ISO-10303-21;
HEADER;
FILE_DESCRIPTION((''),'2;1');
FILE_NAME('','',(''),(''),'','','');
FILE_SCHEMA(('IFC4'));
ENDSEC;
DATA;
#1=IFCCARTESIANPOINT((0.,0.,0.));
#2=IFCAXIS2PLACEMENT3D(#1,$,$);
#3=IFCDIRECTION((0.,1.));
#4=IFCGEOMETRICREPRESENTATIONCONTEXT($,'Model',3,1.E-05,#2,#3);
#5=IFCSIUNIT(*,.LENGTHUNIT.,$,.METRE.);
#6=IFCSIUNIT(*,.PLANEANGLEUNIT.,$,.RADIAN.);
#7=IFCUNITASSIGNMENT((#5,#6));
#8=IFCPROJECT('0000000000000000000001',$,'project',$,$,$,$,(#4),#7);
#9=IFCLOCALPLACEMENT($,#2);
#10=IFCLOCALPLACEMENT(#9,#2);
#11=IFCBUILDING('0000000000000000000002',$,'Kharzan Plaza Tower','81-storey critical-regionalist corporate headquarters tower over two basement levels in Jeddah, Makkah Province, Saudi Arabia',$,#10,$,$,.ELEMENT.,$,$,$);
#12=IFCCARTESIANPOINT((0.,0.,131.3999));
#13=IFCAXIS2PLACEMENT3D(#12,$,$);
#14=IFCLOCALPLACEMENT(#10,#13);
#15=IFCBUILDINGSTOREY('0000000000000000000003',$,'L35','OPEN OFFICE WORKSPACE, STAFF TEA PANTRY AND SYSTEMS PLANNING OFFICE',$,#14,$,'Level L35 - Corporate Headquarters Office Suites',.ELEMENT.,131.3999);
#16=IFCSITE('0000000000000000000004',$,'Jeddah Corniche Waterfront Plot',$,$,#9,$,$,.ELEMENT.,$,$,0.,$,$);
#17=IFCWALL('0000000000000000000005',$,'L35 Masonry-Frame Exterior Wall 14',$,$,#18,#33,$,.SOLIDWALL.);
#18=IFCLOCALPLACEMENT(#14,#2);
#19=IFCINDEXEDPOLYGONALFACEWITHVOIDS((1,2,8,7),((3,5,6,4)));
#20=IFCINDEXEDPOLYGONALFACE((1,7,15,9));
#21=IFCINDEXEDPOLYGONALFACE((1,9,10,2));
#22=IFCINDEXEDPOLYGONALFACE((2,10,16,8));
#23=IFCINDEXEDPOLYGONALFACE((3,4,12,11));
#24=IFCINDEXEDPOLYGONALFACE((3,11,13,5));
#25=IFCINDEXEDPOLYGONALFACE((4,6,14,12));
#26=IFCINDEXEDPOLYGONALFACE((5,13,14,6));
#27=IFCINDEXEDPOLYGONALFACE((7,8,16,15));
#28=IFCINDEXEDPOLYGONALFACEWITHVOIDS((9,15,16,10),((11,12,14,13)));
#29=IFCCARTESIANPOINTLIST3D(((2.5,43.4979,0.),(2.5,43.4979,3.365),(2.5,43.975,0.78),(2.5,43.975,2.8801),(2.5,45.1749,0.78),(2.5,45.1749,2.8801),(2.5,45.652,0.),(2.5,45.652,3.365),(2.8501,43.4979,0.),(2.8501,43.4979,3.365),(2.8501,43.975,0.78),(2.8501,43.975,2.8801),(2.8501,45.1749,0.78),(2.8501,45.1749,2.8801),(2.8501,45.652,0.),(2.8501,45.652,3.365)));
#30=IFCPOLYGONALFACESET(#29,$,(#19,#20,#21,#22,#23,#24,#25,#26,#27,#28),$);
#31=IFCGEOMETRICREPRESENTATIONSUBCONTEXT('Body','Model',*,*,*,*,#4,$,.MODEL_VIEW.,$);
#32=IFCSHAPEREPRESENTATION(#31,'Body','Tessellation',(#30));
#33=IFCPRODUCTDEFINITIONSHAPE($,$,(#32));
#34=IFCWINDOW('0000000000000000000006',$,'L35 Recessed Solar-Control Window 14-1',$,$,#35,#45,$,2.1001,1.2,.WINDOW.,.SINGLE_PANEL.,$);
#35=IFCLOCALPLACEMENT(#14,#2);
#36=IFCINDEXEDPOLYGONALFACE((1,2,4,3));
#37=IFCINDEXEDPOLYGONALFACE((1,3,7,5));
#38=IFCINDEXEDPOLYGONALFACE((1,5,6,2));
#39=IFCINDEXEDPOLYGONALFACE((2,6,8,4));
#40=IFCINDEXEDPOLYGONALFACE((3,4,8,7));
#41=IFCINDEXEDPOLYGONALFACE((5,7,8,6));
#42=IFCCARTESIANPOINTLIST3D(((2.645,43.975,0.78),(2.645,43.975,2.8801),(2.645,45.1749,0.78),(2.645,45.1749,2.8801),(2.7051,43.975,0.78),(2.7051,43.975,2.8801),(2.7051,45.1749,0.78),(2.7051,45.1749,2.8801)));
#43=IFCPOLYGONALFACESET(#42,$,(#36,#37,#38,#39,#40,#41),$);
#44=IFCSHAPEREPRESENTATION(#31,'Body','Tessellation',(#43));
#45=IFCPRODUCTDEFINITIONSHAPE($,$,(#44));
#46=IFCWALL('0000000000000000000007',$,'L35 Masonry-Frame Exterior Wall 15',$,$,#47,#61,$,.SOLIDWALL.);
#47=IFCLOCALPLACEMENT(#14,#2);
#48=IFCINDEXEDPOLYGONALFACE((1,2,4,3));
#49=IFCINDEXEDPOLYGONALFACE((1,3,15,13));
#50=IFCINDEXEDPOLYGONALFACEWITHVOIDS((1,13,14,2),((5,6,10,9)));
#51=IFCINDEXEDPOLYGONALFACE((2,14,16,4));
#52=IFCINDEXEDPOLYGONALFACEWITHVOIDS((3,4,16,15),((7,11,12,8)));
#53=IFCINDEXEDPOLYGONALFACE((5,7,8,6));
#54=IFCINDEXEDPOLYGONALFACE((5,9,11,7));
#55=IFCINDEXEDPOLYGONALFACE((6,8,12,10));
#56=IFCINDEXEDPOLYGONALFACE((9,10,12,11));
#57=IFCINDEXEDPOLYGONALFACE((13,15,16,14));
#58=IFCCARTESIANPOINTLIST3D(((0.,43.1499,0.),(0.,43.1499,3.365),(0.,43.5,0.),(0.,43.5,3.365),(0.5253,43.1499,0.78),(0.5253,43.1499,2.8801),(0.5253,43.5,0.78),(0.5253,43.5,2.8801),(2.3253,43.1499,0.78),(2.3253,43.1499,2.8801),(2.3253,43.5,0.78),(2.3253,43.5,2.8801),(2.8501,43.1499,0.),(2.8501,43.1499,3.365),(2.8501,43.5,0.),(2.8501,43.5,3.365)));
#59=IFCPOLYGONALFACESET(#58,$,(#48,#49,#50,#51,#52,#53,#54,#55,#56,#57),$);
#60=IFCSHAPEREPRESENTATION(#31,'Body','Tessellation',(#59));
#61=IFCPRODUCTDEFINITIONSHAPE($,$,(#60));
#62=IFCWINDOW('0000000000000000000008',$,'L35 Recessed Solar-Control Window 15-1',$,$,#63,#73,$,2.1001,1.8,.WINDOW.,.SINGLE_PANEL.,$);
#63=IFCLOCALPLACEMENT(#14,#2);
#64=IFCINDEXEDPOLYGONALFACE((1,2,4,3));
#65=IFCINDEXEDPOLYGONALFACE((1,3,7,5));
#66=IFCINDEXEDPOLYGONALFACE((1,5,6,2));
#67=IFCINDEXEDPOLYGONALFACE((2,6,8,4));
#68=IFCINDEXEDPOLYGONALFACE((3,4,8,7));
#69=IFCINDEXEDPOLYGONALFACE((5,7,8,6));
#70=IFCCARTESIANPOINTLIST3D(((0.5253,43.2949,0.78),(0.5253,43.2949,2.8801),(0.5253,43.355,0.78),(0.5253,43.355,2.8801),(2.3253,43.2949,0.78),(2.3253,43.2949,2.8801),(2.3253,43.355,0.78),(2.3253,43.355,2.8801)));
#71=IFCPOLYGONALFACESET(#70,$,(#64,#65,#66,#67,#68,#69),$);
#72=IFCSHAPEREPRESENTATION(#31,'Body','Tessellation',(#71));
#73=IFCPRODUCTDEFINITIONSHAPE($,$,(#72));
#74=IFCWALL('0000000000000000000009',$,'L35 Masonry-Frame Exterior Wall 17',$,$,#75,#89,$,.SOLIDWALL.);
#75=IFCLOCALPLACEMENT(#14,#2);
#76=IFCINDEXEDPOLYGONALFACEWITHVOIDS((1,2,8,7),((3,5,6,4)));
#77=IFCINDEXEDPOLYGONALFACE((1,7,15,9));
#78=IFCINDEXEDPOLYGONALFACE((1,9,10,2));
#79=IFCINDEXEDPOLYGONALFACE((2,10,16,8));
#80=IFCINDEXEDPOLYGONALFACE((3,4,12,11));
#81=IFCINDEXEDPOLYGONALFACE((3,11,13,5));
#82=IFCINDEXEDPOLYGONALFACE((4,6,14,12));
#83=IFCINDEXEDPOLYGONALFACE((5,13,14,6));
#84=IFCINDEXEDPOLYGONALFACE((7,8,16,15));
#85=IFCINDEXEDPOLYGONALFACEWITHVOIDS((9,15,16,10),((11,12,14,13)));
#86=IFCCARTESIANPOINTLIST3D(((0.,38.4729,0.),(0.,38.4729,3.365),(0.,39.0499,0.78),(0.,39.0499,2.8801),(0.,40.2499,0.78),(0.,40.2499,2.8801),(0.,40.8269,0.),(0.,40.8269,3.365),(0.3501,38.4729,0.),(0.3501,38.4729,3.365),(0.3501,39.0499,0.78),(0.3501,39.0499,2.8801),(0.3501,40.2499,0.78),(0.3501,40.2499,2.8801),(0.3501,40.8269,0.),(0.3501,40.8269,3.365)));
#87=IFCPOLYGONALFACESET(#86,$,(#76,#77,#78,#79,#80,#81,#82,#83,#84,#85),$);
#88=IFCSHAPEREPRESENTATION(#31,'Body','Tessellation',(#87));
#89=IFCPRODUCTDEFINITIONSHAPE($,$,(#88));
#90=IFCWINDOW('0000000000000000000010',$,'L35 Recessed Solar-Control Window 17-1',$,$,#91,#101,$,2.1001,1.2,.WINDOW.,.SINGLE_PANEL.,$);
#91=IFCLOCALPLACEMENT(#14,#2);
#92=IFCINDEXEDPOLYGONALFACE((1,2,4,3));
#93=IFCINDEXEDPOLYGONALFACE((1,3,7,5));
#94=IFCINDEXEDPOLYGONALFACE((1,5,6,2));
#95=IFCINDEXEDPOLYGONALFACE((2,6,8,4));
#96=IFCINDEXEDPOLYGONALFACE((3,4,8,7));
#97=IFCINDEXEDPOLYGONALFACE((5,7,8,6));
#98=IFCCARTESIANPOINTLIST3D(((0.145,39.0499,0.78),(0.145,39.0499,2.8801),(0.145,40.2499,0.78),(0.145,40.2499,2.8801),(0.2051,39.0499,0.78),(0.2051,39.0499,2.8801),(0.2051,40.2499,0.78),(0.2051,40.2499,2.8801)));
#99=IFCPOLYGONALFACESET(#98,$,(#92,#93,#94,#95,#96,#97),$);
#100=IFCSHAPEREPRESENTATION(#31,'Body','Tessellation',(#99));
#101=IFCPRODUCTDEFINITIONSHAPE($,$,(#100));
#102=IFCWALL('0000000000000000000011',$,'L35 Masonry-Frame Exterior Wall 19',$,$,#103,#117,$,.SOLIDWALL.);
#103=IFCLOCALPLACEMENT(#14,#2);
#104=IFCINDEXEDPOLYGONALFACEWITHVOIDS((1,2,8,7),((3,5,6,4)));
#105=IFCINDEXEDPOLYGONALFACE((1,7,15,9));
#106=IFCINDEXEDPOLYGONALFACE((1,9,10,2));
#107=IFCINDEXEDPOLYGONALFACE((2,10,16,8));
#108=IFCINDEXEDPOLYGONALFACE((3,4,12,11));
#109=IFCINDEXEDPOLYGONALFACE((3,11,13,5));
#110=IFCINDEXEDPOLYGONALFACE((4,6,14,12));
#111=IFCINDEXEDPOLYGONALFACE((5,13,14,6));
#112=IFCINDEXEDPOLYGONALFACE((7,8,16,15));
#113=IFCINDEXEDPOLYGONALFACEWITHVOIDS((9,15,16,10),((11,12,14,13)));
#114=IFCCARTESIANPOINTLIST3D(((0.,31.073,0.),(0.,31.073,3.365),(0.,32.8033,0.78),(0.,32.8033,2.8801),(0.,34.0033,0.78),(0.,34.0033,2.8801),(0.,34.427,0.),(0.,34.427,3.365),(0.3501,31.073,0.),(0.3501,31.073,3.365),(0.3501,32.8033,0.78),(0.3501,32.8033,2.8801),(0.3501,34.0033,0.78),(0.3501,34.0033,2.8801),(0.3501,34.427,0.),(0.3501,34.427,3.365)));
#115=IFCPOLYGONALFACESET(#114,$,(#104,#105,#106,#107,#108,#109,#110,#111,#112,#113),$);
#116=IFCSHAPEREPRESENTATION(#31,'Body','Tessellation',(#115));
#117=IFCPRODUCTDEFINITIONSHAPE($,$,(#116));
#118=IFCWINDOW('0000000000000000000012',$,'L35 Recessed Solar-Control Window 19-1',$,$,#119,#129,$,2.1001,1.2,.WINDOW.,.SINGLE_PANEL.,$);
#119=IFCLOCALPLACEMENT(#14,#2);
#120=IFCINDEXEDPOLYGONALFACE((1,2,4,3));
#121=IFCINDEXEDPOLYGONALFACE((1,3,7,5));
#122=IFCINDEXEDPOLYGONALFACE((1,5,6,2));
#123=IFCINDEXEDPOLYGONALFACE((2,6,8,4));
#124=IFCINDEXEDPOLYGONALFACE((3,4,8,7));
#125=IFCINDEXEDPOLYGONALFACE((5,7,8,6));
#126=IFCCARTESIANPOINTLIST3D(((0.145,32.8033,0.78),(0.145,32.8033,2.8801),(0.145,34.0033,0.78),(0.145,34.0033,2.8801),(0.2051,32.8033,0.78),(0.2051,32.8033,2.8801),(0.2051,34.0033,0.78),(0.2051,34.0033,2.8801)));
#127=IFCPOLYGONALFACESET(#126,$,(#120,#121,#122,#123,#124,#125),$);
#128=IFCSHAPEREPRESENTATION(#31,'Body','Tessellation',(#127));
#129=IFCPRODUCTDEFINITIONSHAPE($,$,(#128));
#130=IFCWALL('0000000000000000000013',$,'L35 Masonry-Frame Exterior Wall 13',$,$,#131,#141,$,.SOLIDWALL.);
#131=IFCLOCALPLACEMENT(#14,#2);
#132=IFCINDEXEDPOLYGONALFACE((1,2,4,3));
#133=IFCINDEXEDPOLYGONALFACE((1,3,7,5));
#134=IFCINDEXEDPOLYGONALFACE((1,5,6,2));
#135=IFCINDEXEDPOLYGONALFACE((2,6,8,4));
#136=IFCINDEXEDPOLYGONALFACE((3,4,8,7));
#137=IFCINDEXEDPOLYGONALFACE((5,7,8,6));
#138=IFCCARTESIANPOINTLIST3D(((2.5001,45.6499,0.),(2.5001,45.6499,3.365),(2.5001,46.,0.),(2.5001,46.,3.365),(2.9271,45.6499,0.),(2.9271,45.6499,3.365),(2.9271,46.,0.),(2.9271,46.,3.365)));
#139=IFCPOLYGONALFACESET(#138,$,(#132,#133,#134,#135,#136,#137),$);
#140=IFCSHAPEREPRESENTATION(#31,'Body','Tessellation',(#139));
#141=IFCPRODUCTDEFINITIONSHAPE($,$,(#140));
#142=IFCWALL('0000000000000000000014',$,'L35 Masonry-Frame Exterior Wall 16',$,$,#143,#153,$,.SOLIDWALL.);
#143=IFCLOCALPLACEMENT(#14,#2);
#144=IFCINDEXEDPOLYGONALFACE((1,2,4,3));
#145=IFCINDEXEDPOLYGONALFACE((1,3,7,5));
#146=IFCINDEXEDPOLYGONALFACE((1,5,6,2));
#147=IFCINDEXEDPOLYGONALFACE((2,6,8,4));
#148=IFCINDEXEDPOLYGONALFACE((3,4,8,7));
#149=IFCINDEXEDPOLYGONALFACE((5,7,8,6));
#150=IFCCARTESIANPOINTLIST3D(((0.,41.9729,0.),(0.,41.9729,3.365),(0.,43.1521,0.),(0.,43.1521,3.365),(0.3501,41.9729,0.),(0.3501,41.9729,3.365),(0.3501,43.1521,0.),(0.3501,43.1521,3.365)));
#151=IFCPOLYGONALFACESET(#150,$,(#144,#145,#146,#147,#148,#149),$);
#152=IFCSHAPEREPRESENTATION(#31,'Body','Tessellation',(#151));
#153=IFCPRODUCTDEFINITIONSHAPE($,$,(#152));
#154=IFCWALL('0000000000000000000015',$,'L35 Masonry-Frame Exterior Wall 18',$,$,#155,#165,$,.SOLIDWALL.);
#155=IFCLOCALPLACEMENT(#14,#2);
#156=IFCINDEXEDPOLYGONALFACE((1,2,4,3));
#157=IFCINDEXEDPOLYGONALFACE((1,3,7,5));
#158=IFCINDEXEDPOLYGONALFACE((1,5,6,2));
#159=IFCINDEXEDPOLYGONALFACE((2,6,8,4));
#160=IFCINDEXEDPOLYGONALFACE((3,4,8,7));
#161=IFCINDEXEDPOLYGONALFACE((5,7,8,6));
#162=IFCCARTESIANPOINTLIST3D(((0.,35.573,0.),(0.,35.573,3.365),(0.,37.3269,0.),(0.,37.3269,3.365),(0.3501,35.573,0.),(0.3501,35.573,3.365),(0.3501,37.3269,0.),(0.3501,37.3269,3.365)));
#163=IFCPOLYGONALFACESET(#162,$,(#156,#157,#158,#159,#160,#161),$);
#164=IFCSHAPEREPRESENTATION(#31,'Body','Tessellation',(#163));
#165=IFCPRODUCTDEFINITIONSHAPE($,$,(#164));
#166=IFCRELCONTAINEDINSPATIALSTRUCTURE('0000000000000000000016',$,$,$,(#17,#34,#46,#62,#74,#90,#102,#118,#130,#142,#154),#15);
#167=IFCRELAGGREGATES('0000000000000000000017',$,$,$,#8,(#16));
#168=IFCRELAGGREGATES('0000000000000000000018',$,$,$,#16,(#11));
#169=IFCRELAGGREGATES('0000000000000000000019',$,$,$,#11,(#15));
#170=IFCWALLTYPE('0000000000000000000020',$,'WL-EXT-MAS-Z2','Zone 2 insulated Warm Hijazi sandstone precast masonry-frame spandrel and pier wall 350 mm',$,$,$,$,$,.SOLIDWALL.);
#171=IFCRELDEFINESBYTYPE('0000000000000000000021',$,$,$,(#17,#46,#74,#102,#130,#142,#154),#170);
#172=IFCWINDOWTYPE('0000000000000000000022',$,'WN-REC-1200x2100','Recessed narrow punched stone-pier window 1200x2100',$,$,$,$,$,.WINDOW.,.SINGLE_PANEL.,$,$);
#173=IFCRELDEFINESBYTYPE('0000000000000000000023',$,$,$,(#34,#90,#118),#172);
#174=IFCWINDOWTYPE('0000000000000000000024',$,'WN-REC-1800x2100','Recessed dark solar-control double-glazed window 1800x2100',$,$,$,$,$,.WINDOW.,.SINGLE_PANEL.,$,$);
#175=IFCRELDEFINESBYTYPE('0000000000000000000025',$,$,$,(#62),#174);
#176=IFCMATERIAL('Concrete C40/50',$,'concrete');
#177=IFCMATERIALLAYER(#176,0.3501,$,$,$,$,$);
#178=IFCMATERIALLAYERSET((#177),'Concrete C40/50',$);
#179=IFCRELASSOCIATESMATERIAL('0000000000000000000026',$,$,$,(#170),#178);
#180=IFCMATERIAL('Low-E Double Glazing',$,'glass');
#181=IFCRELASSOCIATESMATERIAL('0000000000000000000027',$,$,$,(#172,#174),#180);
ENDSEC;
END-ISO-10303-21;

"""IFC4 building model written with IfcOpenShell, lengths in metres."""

from ifc_helpers import new_model, si_unit, direction, frame, frame_2d, origin, place, context, subcontext, project, spatial, rectangle, extrude, source, transform, mapped, material, layer, layer_set, type_object, element, fill, save


model = new_model("IFC4")

# Units and contexts
model_context = context("Model", 3, precision=1e-05, world=origin(), true_north=direction((0.0, 1.0)))
body_context = subcontext(model_context, "Body", "Model", "MODEL_VIEW")
ifc_project = project(units=[si_unit("LENGTHUNIT", "METRE"), si_unit("PLANEANGLEUNIT", "RADIAN")], contexts=[model_context])

# Site, building, storey
site_placement = place(None, origin())
site = spatial("IfcSite", under=ifc_project, at=site_placement, Name="Jeddah Corniche Waterfront Plot", CompositionType="ELEMENT", RefElevation=0.0)
building_placement = place(site_placement, origin())
building = spatial("IfcBuilding", under=site, at=building_placement, Name="Kharzan Plaza Tower", Description="81-storey critical-regionalist corporate headquarters tower over two basement levels in Jeddah, Makkah Province, Saudi Arabia", CompositionType="ELEMENT")
storey_placement = place(building_placement, frame((0.0, 0.0, 131.3999)))
storey = spatial("IfcBuildingStorey", under=building, at=storey_placement, Name="L35", Description="OPEN OFFICE WORKSPACE, STAFF TEA PANTRY AND SYSTEMS PLANNING OFFICE", LongName="Level L35 - Corporate Headquarters Office Suites", CompositionType="ELEMENT", Elevation=131.3999)

# Walls, openings, windows
ifc_material_1 = material(Name="Concrete C40/50", Category="concrete")
ifc_layer = layer(ifc_material_1, 0.3501)
ifc_layer_set = layer_set([ifc_layer], Name="Concrete C40/50")
wall_type = type_object("IfcWallType", Name="WL-EXT-MAS-Z2", Description="Zone 2 insulated Warm Hijazi sandstone precast masonry-frame spandrel and pier wall 350 mm", PredefinedType="SOLIDWALL", material=ifc_layer_set)
wall_1_placement = place(storey_placement, frame((2.675, 45.6521, 0.0), z_axis=(0.0, 0.0, 1.0), x_axis=(0.0, -1.0, 0.0)))
wall_1 = element("IfcWall", 1, at=wall_1_placement, inside=storey, type_object=wall_type, Name="L35 Masonry-Frame Exterior Wall 14", PredefinedType="SOLIDWALL", context=body_context, shape_type="SweptSolid", body=[
    extrude(rectangle(XDim=2.1541, YDim=0.3501, at=frame_2d((1.0771, 0.0))), origin(), (0.0, 0.0, 1.0), 3.365),
])
opening_1_placement = place(wall_1_placement, frame((0.4771, 0.0, 0.78)))
opening_1 = element("IfcOpeningElement", 2, at=opening_1_placement, cuts=wall_1, PredefinedType="OPENING", context=body_context, shape_type="SweptSolid", body=[
    extrude(rectangle(XDim=1.2, YDim=2.1001, at=frame_2d((0.6001, 1.05))), frame((0.0, 0.1851, 0.0), z_axis=(0.0, -1.0, 0.0), x_axis=(1.0, 0.0, 0.0)), (0.0, 0.0, 1.0), 0.3701),
])
ifc_material_2 = material(Name="Low-E Double Glazing", Category="glass")
window_type_1 = type_object("IfcWindowType", Name="WN-REC-1200x2100", Description="Recessed narrow punched stone-pier window 1200x2100", PartitioningType="SINGLE_PANEL", PredefinedType="WINDOW", material=ifc_material_2)
shared_shape_1 = source(origin(), body_context, "Body", "SweptSolid", [
    extrude(rectangle(XDim=1.2, YDim=2.1001, at=frame_2d((0.6001, 1.05))), frame((0.0, 0.03, 0.0), z_axis=(0.0, -1.0, 0.0), x_axis=(1.0, 0.0, 0.0)), (0.0, 0.0, 1.0), 0.0601),
])
window_1_placement = place(opening_1_placement, origin())
window_1 = element("IfcWindow", 3, at=window_1_placement, inside=storey, type_object=window_type_1, Name="L35 Recessed Solar-Control Window 14-1", OverallHeight=2.1001, OverallWidth=1.2, PartitioningType="SINGLE_PANEL", PredefinedType="WINDOW", context=body_context, shape_type="MappedRepresentation", body=[
    mapped(shared_shape_1, transform((0.0, 0.0, 0.0), x_axis=(1.0, 0.0, 0.0), y_axis=(0.0, 1.0, 0.0), z_axis=(0.0, 0.0, 1.0))),
])
fill(opening_1, window_1)
wall_2_placement = place(storey_placement, frame((2.8501, 43.325, 0.0), z_axis=(0.0, 0.0, 1.0), x_axis=(-1.0, 0.0, 0.0)))
wall_2 = element("IfcWall", 4, at=wall_2_placement, inside=storey, type_object=wall_type, Name="L35 Masonry-Frame Exterior Wall 15", PredefinedType="SOLIDWALL", context=body_context, shape_type="SweptSolid", body=[
    extrude(rectangle(XDim=2.8501, YDim=0.3501, at=frame_2d((1.425, 0.0))), origin(), (0.0, 0.0, 1.0), 3.365),
])
opening_2_placement = place(wall_2_placement, frame((0.5249, 0.0, 0.78)))
opening_2 = element("IfcOpeningElement", 5, at=opening_2_placement, cuts=wall_2, PredefinedType="OPENING", context=body_context, shape_type="SweptSolid", body=[
    extrude(rectangle(XDim=1.8, YDim=2.1001, at=frame_2d((0.8999, 1.05))), frame((0.0, 0.1851, 0.0), z_axis=(0.0, -1.0, 0.0), x_axis=(1.0, 0.0, 0.0)), (0.0, 0.0, 1.0), 0.3701),
])
window_type_2 = type_object("IfcWindowType", Name="WN-REC-1800x2100", Description="Recessed dark solar-control double-glazed window 1800x2100", PartitioningType="SINGLE_PANEL", PredefinedType="WINDOW", material=ifc_material_2)
shared_shape_2 = source(origin(), body_context, "Body", "SweptSolid", [
    extrude(rectangle(XDim=1.8, YDim=2.1001, at=frame_2d((0.8999, 1.05))), frame((0.0, 0.03, 0.0), z_axis=(0.0, -1.0, 0.0), x_axis=(1.0, 0.0, 0.0)), (0.0, 0.0, 1.0), 0.0601),
])
window_2_placement = place(opening_2_placement, origin())
window_2 = element("IfcWindow", 6, at=window_2_placement, inside=storey, type_object=window_type_2, Name="L35 Recessed Solar-Control Window 15-1", OverallHeight=2.1001, OverallWidth=1.8, PartitioningType="SINGLE_PANEL", PredefinedType="WINDOW", context=body_context, shape_type="MappedRepresentation", body=[
    mapped(shared_shape_2, transform((0.0, 0.0, 0.0), x_axis=(1.0, 0.0, 0.0), y_axis=(0.0, 1.0, 0.0), z_axis=(0.0, 0.0, 1.0))),
])
fill(opening_2, window_2)
wall_3_placement = place(storey_placement, frame((0.175, 40.8269, 0.0), z_axis=(0.0, 0.0, 1.0), x_axis=(0.0, -1.0, 0.0)))
wall_3 = element("IfcWall", 7, at=wall_3_placement, inside=storey, type_object=wall_type, Name="L35 Masonry-Frame Exterior Wall 17", PredefinedType="SOLIDWALL", context=body_context, shape_type="SweptSolid", body=[
    extrude(rectangle(XDim=2.354, YDim=0.3501, at=frame_2d((1.177, 0.0))), origin(), (0.0, 0.0, 1.0), 3.365),
])
opening_3_placement = place(wall_3_placement, frame((0.5769, 0.0, 0.78)))
opening_3 = element("IfcOpeningElement", 8, at=opening_3_placement, cuts=wall_3, PredefinedType="OPENING", context=body_context, shape_type="SweptSolid", body=[
    extrude(rectangle(XDim=1.2, YDim=2.1001, at=frame_2d((0.6001, 1.05))), frame((0.0, 0.1851, 0.0), z_axis=(0.0, -1.0, 0.0), x_axis=(1.0, 0.0, 0.0)), (0.0, 0.0, 1.0), 0.3701),
])
window_3_placement = place(opening_3_placement, origin())
window_3 = element("IfcWindow", 9, at=window_3_placement, inside=storey, type_object=window_type_1, Name="L35 Recessed Solar-Control Window 17-1", OverallHeight=2.1001, OverallWidth=1.2, PartitioningType="SINGLE_PANEL", PredefinedType="WINDOW", context=body_context, shape_type="MappedRepresentation", body=[
    mapped(shared_shape_1, transform((0.0, 0.0, 0.0), x_axis=(1.0, 0.0, 0.0), y_axis=(0.0, 1.0, 0.0), z_axis=(0.0, 0.0, 1.0))),
])
fill(opening_3, window_3)
wall_4_placement = place(storey_placement, frame((0.175, 34.427, 0.0), z_axis=(0.0, 0.0, 1.0), x_axis=(0.0, -1.0, 0.0)))
wall_4 = element("IfcWall", 10, at=wall_4_placement, inside=storey, type_object=wall_type, Name="L35 Masonry-Frame Exterior Wall 19", PredefinedType="SOLIDWALL", context=body_context, shape_type="SweptSolid", body=[
    extrude(rectangle(XDim=3.354, YDim=0.3501, at=frame_2d((1.677, 0.0))), origin(), (0.0, 0.0, 1.0), 3.365),
])
opening_4_placement = place(wall_4_placement, frame((0.4236, 0.0, 0.78)))
opening_4 = element("IfcOpeningElement", 11, at=opening_4_placement, cuts=wall_4, PredefinedType="OPENING", context=body_context, shape_type="SweptSolid", body=[
    extrude(rectangle(XDim=1.2, YDim=2.1001, at=frame_2d((0.6001, 1.05))), frame((0.0, 0.1851, 0.0), z_axis=(0.0, -1.0, 0.0), x_axis=(1.0, 0.0, 0.0)), (0.0, 0.0, 1.0), 0.3701),
])
window_4_placement = place(opening_4_placement, origin())
window_4 = element("IfcWindow", 12, at=window_4_placement, inside=storey, type_object=window_type_1, Name="L35 Recessed Solar-Control Window 19-1", OverallHeight=2.1001, OverallWidth=1.2, PartitioningType="SINGLE_PANEL", PredefinedType="WINDOW", context=body_context, shape_type="MappedRepresentation", body=[
    mapped(shared_shape_1, transform((0.0, 0.0, 0.0), x_axis=(1.0, 0.0, 0.0), y_axis=(0.0, 1.0, 0.0), z_axis=(0.0, 0.0, 1.0))),
])
fill(opening_4, window_4)

# Walls
shared_shape_3 = source(origin(), body_context, "Body", "SweptSolid", [
    extrude(rectangle(XDim=0.427, YDim=0.3501, at=frame_2d((0.2134, 0.0))), origin(), (0.0, 0.0, 1.0), 3.365),
])
wall_5_placement = place(storey_placement, frame((2.927, 45.825, 0.0), z_axis=(0.0, 0.0, 1.0), x_axis=(-1.0, 0.0, 0.0)))
element("IfcWall", 13, at=wall_5_placement, inside=storey, type_object=wall_type, Name="L35 Masonry-Frame Exterior Wall 13", PredefinedType="SOLIDWALL", context=body_context, shape_type="MappedRepresentation", body=[
    mapped(shared_shape_3, transform((0.0, 0.0, 0.0), x_axis=(1.0, 0.0, 0.0), y_axis=(0.0, 1.0, 0.0), z_axis=(0.0, 0.0, 1.0))),
])
shared_shape_4 = source(origin(), body_context, "Body", "SweptSolid", [
    extrude(rectangle(XDim=1.1792, YDim=0.3501, at=frame_2d((0.5896, 0.0))), origin(), (0.0, 0.0, 1.0), 3.365),
])
wall_6_placement = place(storey_placement, frame((0.175, 43.1521, 0.0), z_axis=(0.0, 0.0, 1.0), x_axis=(0.0, -1.0, 0.0)))
element("IfcWall", 14, at=wall_6_placement, inside=storey, type_object=wall_type, Name="L35 Masonry-Frame Exterior Wall 16", PredefinedType="SOLIDWALL", context=body_context, shape_type="MappedRepresentation", body=[
    mapped(shared_shape_4, transform((0.0, 0.0, 0.0), x_axis=(1.0, 0.0, 0.0), y_axis=(0.0, 1.0, 0.0), z_axis=(0.0, 0.0, 1.0))),
])
shared_shape_5 = source(origin(), body_context, "Body", "SweptSolid", [
    extrude(rectangle(XDim=1.7539, YDim=0.3501, at=frame_2d((0.877, 0.0))), origin(), (0.0, 0.0, 1.0), 3.365),
])
wall_7_placement = place(storey_placement, frame((0.175, 37.3269, 0.0), z_axis=(0.0, 0.0, 1.0), x_axis=(0.0, -1.0, 0.0)))
element("IfcWall", 15, at=wall_7_placement, inside=storey, type_object=wall_type, Name="L35 Masonry-Frame Exterior Wall 18", PredefinedType="SOLIDWALL", context=body_context, shape_type="MappedRepresentation", body=[
    mapped(shared_shape_5, transform((0.0, 0.0, 0.0), x_axis=(1.0, 0.0, 0.0), y_axis=(0.0, 1.0, 0.0), z_axis=(0.0, 0.0, 1.0))),
])

save(model, "model.ifc")
